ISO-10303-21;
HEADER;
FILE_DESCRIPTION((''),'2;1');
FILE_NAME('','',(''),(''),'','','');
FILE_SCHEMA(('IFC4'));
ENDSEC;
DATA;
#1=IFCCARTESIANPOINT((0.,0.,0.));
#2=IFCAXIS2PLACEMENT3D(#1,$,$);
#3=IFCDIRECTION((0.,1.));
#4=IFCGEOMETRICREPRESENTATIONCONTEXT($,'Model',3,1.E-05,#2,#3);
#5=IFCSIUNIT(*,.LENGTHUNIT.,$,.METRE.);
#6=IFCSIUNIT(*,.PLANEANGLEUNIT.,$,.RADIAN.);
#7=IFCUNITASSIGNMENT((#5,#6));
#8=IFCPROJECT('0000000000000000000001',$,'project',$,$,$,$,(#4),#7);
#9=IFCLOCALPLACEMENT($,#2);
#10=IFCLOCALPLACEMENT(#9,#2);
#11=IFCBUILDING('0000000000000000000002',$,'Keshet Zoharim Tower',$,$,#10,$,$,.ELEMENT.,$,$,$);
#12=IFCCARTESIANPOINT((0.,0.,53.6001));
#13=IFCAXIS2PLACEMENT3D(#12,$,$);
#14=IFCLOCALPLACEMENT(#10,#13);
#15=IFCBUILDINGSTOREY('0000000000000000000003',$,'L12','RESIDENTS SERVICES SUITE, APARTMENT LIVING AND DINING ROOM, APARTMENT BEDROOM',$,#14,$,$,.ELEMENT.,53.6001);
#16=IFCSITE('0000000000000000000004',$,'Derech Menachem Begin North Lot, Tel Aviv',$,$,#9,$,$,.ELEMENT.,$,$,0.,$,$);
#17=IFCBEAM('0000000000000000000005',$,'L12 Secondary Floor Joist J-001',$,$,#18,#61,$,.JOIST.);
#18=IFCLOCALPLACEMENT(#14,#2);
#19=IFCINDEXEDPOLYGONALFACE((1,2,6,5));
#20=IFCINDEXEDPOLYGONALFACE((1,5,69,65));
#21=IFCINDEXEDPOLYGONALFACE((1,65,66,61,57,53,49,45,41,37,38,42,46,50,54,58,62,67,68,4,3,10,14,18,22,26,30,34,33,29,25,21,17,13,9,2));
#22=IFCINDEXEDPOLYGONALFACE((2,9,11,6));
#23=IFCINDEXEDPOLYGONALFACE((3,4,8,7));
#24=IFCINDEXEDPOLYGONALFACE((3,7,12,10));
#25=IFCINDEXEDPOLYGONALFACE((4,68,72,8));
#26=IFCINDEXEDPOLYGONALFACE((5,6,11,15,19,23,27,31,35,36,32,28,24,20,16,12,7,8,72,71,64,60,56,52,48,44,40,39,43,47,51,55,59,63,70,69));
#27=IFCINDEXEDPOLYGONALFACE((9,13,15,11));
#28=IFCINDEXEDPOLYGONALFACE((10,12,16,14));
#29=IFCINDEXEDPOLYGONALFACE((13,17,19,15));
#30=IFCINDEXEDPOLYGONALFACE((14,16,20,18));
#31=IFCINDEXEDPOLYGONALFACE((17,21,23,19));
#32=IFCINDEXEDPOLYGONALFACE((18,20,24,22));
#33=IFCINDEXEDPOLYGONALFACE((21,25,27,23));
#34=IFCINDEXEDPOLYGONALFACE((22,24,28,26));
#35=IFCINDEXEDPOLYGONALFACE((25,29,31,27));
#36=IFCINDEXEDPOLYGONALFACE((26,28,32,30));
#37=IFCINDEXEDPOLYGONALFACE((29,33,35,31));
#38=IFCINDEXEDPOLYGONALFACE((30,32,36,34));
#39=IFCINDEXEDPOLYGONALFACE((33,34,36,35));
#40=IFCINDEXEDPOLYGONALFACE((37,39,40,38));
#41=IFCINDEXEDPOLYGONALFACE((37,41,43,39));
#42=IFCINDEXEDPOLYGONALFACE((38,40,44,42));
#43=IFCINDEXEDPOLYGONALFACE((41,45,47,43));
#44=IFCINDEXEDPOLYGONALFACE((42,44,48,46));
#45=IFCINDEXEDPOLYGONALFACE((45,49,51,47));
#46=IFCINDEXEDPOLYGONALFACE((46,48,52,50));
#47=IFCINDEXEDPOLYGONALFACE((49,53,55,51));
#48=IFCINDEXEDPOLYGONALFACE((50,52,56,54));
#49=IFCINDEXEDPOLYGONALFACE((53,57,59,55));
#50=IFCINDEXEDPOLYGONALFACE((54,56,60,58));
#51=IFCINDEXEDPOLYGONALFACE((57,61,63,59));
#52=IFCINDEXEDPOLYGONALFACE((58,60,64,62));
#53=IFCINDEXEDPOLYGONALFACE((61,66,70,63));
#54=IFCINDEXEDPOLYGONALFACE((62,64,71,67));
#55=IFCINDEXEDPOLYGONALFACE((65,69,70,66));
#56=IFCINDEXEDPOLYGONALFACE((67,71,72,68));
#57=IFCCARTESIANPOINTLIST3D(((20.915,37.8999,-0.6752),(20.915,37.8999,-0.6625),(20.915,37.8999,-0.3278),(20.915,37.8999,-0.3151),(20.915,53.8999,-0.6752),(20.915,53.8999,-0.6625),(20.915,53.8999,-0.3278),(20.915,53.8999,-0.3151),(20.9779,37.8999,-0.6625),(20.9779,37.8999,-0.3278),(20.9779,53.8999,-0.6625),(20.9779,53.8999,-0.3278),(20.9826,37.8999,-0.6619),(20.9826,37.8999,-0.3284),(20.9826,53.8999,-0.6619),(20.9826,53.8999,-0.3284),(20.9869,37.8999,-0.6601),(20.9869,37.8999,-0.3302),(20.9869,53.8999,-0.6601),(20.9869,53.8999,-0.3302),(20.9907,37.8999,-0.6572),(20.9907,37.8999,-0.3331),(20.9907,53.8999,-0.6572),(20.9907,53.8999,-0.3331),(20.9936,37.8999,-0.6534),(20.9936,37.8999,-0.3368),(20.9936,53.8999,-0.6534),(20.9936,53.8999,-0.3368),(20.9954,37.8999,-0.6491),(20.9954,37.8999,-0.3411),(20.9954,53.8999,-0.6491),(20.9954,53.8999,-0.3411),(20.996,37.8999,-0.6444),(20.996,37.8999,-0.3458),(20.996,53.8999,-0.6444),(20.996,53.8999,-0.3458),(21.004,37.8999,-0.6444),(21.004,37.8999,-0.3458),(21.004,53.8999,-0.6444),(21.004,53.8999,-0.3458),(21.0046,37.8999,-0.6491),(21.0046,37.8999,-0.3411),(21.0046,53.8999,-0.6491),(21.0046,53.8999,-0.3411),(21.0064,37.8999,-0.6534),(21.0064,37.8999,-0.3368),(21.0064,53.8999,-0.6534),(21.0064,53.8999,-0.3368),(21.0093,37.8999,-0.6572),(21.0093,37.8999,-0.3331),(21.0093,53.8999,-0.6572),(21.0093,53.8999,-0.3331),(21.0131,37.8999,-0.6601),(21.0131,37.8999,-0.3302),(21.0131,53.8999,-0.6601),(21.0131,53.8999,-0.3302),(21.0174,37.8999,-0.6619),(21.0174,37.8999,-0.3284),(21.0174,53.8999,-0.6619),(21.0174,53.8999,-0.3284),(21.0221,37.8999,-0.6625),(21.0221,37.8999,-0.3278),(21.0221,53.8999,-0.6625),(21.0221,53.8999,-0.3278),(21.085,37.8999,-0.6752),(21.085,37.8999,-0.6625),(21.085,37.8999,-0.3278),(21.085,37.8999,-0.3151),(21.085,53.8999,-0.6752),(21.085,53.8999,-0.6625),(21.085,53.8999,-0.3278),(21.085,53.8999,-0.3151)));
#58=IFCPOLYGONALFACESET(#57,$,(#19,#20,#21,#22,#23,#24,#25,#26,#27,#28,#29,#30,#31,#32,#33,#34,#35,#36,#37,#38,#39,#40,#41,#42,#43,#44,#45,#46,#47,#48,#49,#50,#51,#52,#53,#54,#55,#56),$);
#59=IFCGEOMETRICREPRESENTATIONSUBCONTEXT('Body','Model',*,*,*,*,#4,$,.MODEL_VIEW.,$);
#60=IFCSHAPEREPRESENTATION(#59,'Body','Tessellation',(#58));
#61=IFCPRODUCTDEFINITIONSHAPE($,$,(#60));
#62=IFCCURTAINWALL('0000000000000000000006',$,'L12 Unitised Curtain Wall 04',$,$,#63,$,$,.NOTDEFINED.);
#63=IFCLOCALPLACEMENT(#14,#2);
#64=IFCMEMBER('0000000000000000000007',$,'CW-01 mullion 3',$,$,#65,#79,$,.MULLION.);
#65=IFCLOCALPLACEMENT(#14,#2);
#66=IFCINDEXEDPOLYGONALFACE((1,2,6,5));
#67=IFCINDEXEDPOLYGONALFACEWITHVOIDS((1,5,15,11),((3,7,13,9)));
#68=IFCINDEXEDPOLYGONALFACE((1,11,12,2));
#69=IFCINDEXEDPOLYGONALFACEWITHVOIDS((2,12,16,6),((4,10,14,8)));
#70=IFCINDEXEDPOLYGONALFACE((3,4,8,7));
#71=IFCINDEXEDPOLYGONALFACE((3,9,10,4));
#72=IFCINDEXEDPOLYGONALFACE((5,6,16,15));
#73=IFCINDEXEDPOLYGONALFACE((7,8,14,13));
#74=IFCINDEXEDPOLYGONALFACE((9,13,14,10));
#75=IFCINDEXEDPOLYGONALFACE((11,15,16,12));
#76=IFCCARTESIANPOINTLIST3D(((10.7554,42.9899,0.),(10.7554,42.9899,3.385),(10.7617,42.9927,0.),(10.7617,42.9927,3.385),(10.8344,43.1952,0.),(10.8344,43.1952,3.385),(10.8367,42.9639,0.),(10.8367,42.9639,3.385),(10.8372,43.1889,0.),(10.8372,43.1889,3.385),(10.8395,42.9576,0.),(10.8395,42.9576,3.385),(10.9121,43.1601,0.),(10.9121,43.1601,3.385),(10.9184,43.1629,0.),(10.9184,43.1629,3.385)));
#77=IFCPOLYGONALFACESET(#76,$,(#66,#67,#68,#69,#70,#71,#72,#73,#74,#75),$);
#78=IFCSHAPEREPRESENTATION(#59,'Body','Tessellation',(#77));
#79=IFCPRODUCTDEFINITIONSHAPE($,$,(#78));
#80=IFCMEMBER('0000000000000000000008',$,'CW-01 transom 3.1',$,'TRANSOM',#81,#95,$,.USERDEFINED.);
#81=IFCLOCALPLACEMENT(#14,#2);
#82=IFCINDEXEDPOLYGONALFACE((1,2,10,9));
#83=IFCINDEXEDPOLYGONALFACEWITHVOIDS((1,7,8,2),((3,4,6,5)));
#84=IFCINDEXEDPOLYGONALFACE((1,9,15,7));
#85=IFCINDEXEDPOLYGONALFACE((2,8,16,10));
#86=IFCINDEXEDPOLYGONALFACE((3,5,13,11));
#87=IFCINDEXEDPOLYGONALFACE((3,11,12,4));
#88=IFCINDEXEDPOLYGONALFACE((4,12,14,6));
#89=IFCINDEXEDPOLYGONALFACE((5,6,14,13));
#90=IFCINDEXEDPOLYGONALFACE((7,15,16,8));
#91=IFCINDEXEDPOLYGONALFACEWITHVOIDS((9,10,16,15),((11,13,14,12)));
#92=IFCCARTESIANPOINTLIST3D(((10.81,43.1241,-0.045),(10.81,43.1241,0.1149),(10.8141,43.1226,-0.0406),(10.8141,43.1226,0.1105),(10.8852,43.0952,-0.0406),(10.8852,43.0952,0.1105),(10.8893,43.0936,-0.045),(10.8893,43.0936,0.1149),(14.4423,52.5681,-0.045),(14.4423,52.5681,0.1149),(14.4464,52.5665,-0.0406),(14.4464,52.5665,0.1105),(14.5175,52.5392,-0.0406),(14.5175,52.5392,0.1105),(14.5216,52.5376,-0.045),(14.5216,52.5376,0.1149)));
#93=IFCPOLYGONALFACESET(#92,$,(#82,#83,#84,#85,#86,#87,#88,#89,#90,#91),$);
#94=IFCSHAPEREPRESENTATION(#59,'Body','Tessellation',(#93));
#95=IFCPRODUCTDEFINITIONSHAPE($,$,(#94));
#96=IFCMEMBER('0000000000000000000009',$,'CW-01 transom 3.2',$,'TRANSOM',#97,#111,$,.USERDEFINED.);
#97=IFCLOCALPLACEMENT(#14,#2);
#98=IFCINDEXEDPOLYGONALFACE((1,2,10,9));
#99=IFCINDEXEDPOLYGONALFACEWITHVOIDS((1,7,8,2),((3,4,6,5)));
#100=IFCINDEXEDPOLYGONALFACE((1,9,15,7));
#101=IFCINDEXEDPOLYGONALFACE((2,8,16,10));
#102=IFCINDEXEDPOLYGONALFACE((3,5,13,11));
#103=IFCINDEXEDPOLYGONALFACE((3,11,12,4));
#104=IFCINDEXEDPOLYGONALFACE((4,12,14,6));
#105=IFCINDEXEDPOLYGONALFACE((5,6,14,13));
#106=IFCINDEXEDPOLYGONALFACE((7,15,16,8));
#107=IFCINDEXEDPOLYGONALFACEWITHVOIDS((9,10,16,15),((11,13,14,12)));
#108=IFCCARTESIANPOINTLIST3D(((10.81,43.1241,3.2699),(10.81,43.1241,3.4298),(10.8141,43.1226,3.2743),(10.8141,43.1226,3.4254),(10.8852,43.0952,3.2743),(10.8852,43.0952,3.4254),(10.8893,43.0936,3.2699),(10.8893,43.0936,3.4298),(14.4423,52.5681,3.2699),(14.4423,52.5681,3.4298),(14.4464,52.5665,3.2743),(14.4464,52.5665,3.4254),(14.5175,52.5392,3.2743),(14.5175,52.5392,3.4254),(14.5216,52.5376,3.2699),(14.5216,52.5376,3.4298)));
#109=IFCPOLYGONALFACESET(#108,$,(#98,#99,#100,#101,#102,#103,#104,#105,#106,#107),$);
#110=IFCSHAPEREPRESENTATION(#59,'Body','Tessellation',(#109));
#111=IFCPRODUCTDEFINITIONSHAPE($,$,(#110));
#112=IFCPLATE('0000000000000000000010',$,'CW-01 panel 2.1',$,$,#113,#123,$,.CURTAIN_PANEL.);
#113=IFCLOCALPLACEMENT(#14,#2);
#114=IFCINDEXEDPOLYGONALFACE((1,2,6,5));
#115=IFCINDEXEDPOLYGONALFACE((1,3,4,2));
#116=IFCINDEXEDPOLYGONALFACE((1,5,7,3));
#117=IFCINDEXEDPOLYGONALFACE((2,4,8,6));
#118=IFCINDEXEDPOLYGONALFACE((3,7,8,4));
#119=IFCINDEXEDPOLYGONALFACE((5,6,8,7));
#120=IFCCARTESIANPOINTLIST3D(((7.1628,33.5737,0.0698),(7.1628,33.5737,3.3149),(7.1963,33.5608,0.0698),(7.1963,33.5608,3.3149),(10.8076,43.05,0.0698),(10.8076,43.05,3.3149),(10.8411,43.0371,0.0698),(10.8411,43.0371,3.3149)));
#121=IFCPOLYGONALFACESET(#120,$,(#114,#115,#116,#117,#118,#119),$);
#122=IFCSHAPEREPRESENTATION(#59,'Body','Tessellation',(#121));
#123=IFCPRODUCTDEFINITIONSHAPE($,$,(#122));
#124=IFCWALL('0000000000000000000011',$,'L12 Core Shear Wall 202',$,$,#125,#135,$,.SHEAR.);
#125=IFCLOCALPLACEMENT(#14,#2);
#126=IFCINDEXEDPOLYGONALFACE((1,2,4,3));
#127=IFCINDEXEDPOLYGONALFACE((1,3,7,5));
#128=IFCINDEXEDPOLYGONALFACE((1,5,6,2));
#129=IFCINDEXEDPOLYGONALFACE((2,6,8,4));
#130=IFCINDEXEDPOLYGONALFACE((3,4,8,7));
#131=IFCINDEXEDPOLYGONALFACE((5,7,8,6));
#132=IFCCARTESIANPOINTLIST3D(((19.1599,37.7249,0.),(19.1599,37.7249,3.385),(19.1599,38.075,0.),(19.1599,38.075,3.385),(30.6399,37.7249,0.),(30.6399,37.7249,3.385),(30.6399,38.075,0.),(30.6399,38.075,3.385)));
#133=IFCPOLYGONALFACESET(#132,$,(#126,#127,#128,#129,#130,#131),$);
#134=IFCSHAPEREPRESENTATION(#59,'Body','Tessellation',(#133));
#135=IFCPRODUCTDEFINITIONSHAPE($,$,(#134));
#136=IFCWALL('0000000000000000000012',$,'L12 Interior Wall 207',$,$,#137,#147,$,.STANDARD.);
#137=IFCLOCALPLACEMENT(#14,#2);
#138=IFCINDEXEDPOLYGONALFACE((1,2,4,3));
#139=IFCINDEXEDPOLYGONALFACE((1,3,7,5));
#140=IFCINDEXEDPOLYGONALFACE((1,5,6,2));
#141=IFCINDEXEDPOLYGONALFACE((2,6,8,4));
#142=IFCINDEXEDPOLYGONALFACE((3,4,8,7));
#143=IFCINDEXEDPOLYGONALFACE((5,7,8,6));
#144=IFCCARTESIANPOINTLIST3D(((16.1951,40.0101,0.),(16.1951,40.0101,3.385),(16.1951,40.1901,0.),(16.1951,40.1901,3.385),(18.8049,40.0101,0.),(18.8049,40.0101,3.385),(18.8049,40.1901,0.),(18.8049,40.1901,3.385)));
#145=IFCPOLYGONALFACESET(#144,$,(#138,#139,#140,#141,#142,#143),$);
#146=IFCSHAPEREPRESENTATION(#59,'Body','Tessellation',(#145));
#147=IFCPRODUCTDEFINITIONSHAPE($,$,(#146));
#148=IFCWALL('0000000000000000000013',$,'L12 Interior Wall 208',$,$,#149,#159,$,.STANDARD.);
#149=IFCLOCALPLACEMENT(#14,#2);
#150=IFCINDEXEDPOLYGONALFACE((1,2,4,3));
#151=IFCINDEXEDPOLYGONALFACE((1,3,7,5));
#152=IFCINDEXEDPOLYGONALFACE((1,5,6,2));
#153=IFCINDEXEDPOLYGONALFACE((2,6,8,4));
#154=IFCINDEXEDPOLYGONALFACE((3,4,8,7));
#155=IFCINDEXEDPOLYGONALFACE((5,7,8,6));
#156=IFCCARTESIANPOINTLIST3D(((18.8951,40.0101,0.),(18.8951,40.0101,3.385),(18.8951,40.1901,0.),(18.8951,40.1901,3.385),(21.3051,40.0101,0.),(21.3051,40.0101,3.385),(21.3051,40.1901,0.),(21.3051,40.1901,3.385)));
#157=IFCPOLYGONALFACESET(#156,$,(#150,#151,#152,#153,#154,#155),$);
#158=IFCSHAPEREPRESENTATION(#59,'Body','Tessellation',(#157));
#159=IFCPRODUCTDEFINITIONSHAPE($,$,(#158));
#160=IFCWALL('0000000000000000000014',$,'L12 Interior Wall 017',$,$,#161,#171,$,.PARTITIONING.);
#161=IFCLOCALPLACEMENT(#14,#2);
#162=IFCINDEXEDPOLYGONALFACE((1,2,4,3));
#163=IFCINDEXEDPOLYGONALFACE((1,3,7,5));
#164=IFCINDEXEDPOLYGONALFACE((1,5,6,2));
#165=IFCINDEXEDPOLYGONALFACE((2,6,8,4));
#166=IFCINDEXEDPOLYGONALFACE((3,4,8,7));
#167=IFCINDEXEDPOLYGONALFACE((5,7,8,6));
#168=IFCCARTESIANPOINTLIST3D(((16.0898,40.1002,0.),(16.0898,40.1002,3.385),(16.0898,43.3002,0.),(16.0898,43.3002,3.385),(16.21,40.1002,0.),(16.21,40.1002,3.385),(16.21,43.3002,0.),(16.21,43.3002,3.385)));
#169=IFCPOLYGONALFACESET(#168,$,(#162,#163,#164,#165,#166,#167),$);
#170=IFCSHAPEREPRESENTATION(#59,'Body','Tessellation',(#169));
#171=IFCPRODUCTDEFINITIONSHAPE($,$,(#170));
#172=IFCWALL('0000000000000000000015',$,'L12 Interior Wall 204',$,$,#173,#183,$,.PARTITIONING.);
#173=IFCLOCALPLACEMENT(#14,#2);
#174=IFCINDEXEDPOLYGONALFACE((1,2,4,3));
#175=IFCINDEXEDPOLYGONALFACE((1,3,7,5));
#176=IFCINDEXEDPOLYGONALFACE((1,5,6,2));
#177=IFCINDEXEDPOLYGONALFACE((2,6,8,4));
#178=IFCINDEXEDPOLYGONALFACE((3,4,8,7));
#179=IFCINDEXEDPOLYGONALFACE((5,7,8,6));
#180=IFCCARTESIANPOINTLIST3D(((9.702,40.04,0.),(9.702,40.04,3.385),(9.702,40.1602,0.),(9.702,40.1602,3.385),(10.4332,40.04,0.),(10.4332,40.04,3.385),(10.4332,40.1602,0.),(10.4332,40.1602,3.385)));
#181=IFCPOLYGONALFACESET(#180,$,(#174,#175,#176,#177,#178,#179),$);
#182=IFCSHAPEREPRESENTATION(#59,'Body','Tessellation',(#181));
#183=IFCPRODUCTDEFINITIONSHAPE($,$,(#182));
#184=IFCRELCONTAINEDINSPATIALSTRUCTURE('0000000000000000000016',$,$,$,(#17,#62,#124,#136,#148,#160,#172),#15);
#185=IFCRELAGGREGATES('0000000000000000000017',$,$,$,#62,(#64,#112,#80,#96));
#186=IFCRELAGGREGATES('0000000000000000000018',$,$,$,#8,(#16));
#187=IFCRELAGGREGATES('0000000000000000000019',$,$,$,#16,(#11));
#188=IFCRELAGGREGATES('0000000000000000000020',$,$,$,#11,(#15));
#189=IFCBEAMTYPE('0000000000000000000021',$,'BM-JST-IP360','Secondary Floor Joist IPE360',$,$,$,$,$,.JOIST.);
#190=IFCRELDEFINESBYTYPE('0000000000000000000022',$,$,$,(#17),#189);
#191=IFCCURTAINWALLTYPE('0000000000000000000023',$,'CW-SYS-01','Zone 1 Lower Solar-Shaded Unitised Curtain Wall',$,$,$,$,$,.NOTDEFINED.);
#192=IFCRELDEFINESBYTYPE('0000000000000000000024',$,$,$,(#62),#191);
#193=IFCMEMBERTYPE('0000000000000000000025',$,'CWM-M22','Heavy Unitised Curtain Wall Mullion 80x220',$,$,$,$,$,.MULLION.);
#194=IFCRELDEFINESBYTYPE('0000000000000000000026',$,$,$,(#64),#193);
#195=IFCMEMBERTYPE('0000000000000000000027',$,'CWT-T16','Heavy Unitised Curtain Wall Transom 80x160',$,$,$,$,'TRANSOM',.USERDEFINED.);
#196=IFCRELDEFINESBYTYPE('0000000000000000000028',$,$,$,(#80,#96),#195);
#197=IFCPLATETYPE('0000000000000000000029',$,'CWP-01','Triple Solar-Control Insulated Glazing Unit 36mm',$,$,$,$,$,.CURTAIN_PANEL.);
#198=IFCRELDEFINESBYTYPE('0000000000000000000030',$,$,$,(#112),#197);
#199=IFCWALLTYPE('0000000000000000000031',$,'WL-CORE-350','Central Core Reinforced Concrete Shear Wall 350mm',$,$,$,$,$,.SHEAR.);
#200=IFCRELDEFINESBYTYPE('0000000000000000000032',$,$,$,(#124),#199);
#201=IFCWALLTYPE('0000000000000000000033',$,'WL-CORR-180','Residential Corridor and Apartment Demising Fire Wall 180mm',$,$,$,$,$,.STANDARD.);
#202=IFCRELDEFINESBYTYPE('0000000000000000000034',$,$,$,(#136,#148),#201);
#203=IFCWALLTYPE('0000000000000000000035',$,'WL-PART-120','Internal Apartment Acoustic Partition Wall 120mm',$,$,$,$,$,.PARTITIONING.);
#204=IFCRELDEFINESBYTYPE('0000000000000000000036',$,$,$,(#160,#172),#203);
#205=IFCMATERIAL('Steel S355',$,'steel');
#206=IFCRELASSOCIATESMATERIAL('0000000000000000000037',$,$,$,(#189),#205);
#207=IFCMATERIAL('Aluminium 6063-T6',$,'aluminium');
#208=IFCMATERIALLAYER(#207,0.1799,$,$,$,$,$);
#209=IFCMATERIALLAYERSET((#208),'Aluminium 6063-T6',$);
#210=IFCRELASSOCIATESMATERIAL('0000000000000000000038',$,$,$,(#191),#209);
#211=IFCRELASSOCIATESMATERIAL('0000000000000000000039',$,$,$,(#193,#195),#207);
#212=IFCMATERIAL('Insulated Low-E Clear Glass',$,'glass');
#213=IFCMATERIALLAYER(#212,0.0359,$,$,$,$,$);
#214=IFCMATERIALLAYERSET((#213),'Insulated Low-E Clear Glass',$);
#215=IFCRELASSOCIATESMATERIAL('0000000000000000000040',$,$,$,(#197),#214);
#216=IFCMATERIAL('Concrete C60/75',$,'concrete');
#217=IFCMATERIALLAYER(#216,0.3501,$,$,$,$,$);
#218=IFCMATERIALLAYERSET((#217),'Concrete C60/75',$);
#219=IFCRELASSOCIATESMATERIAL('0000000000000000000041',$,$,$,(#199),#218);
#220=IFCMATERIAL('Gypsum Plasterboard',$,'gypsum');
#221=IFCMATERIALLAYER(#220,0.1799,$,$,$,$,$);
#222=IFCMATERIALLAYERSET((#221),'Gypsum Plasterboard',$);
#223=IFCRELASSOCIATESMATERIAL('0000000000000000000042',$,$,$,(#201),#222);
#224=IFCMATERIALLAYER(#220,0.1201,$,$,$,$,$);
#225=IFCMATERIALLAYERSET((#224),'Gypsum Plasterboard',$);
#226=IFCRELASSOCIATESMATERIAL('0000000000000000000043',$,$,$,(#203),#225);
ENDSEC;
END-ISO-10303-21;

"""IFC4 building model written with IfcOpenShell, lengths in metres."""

from ifc_helpers import new_model, si_unit, direction, frame, frame_2d, origin, origin_2d, place, context, subcontext, project, spatial, rectangle, hollow_rectangle, i_section, extrude, material, layer, layer_set, material_profile, profile_set, type_object, element, aggregate, save


model = new_model("IFC4")

# Units and contexts
model_context = context("Model", 3, precision=1e-05, world=origin(), true_north=direction((0.0, 1.0)))
body_context = subcontext(model_context, "Body", "Model", "MODEL_VIEW")
ifc_project = project(units=[si_unit("LENGTHUNIT", "METRE"), si_unit("PLANEANGLEUNIT", "RADIAN")], contexts=[model_context])

# Site, building, storey
site_placement = place(None, origin())
site = spatial("IfcSite", under=ifc_project, at=site_placement, Name="Derech Menachem Begin North Lot, Tel Aviv", CompositionType="ELEMENT", RefElevation=0.0)
building_placement = place(site_placement, origin())
building = spatial("IfcBuilding", under=site, at=building_placement, Name="Keshet Zoharim Tower", CompositionType="ELEMENT")
storey_placement = place(building_placement, frame((0.0, 0.0, 53.6001)))
storey = spatial("IfcBuildingStorey", under=building, at=storey_placement, Name="L12", Description="RESIDENTS SERVICES SUITE, APARTMENT LIVING AND DINING ROOM, APARTMENT BEDROOM", CompositionType="ELEMENT", Elevation=53.6001)

# Beam
ifc_material_1 = material(Name="Steel S355", Category="steel")
ifc_material_profile_1 = material_profile(ifc_material_1, i_section(OverallWidth=0.1699, OverallDepth=0.3601, WebThickness=0.0081, FlangeThickness=0.0127, FilletRadius=0.0181, at=origin_2d()), Name="IPE360")
ifc_profile_set_1 = profile_set([ifc_material_profile_1], Name="Steel S355")
beam_type = type_object("IfcBeamType", Name="BM-JST-IP360", Description="Secondary Floor Joist IPE360", PredefinedType="JOIST", material=ifc_profile_set_1)
beam_placement = place(storey_placement, frame((21.0, 37.8999, -0.4951), z_axis=(0.0, 1.0, 0.0), x_axis=(-1.0, 0.0, 0.0)))
element("IfcBeam", 1, at=beam_placement, inside=storey, type_object=beam_type, Name="L12 Secondary Floor Joist J-001", PredefinedType="JOIST", context=body_context, shape_type="SweptSolid", body=[
    extrude(i_section(OverallWidth=0.1699, OverallDepth=0.3601, WebThickness=0.0081, FlangeThickness=0.0127, FilletRadius=0.0181, at=origin_2d()), origin(), (0.0, 0.0, 1.0), 16.0),
])

# Curtain wall, members, plate
ifc_material_2 = material(Name="Aluminium 6063-T6", Category="aluminium")
ifc_layer_1 = layer(ifc_material_2, 0.1799)
ifc_layer_set_1 = layer_set([ifc_layer_1], Name="Aluminium 6063-T6")
curtain_wall_type = type_object("IfcCurtainWallType", Name="CW-SYS-01", Description="Zone 1 Lower Solar-Shaded Unitised Curtain Wall", PredefinedType="NOTDEFINED", material=ifc_layer_set_1)
curtain_wall_placement = place(storey_placement, origin())
curtain_wall = element("IfcCurtainWall", 2, at=curtain_wall_placement, inside=storey, type_object=curtain_wall_type, Name="L12 Unitised Curtain Wall 04", PredefinedType="NOTDEFINED")
ifc_material_profile_2 = material_profile(ifc_material_2, hollow_rectangle(XDim=0.0901, YDim=0.22, WallThickness=0.0049, at=origin_2d()), Name="MUL-90x220")
ifc_profile_set_2 = profile_set([ifc_material_profile_2], Name="Aluminium 6063-T6")
member_type_1 = type_object("IfcMemberType", Name="CWM-M22", Description="Heavy Unitised Curtain Wall Mullion 80x220", PredefinedType="MULLION", material=ifc_profile_set_2)
member_1_placement = place(storey_placement, frame((10.8369, 43.0764, 0.0), z_axis=(0.0, 0.0, 1.0), x_axis=(-0.933341, 0.35899, 0.0)))
member_1 = element("IfcMember", 3, at=member_1_placement, type_object=member_type_1, Name="CW-01 mullion 3", PredefinedType="MULLION", context=body_context, shape_type="SweptSolid", body=[
    extrude(hollow_rectangle(XDim=0.0901, YDim=0.22, WallThickness=0.0049, at=origin_2d()), origin(), (0.0, 0.0, 1.0), 3.385),
])
ifc_material_profile_3 = material_profile(ifc_material_2, hollow_rectangle(XDim=0.085, YDim=0.1599, WallThickness=0.0044, at=origin_2d()), Name="TRN-85x160")
ifc_profile_set_3 = profile_set([ifc_material_profile_3], Name="Aluminium 6063-T6")
member_type_2 = type_object("IfcMemberType", Name="CWT-T16", Description="Heavy Unitised Curtain Wall Transom 80x160", ElementType="TRANSOM", PredefinedType="USERDEFINED", material=ifc_profile_set_3)
member_2_placement = place(storey_placement, frame((10.8496, 43.1089, 0.0349), z_axis=(0.358986, 0.933343, 0.0), x_axis=(-0.933343, 0.358986, 0.0)))
member_2 = element("IfcMember", 4, at=member_2_placement, type_object=member_type_2, Name="CW-01 transom 3.1", ObjectType="TRANSOM", PredefinedType="USERDEFINED", context=body_context, shape_type="SweptSolid", body=[
    extrude(hollow_rectangle(XDim=0.085, YDim=0.1599, WallThickness=0.0044, at=origin_2d()), origin(), (0.0, 0.0, 1.0), 10.1184),
])
member_3_placement = place(storey_placement, frame((10.8496, 43.1089, 3.3499), z_axis=(0.358986, 0.933343, 0.0), x_axis=(-0.933343, 0.358986, 0.0)))
member_3 = element("IfcMember", 5, at=member_3_placement, type_object=member_type_2, Name="CW-01 transom 3.2", ObjectType="TRANSOM", PredefinedType="USERDEFINED", context=body_context, shape_type="SweptSolid", body=[
    extrude(hollow_rectangle(XDim=0.085, YDim=0.1599, WallThickness=0.0044, at=origin_2d()), origin(), (0.0, 0.0, 1.0), 10.1184),
])
ifc_material_3 = material(Name="Insulated Low-E Clear Glass", Category="glass")
ifc_layer_2 = layer(ifc_material_3, 0.0359)
ifc_layer_set_2 = layer_set([ifc_layer_2], Name="Insulated Low-E Clear Glass")
plate_type = type_object("IfcPlateType", Name="CWP-01", Description="Triple Solar-Control Insulated Glazing Unit 36mm", PredefinedType="CURTAIN_PANEL", material=ifc_layer_set_2)
plate_placement = place(storey_placement, frame((9.002, 38.3054, 0.0698), z_axis=(0.0, 0.0, 1.0), x_axis=(0.35899, 0.933341, 0.0)))
plate = element("IfcPlate", 6, at=plate_placement, type_object=plate_type, Name="CW-01 panel 2.1", PredefinedType="CURTAIN_PANEL", context=body_context, shape_type="SweptSolid", body=[
    extrude(rectangle(XDim=10.1531, YDim=0.0359, at=origin_2d()), origin(), (0.0, 0.0, 1.0), 3.2451),
])
aggregate(curtain_wall, [member_1, plate, member_2, member_3])

# Wall
ifc_material_4 = material(Name="Concrete C60/75", Category="concrete")
ifc_layer_3 = layer(ifc_material_4, 0.3501)
ifc_layer_set_3 = layer_set([ifc_layer_3], Name="Concrete C60/75")
wall_type_1 = type_object("IfcWallType", Name="WL-CORE-350", Description="Central Core Reinforced Concrete Shear Wall 350mm", PredefinedType="SHEAR", material=ifc_layer_set_3)
wall_1_placement = place(storey_placement, frame((19.1599, 37.8999, 0.0), z_axis=(0.0, 0.0, 1.0), x_axis=(1.0, 0.0, 0.0)))
element("IfcWall", 7, at=wall_1_placement, inside=storey, type_object=wall_type_1, Name="L12 Core Shear Wall 202", PredefinedType="SHEAR", context=body_context, shape_type="SweptSolid", body=[
    extrude(rectangle(XDim=11.48, YDim=0.3501, at=frame_2d((5.74, 0.0))), origin(), (0.0, 0.0, 1.0), 3.385),
])

# Shared definitions
ifc_material_5 = material(Name="Gypsum Plasterboard", Category="gypsum")
ifc_layer_4 = layer(ifc_material_5, 0.1799)
ifc_layer_set_4 = layer_set([ifc_layer_4], Name="Gypsum Plasterboard")
wall_type_2 = type_object("IfcWallType", Name="WL-CORR-180", Description="Residential Corridor and Apartment Demising Fire Wall 180mm", PredefinedType="STANDARD", material=ifc_layer_set_4)

# Walls
wall_2_placement = place(storey_placement, frame((16.1951, 40.1001, 0.0), z_axis=(0.0, 0.0, 1.0), x_axis=(1.0, 0.0, 0.0)))
element("IfcWall", 8, at=wall_2_placement, inside=storey, type_object=wall_type_2, Name="L12 Interior Wall 207", PredefinedType="STANDARD", context=body_context, shape_type="SweptSolid", body=[
    extrude(rectangle(XDim=2.6099, YDim=0.1799, at=frame_2d((1.3049, 0.0))), origin(), (0.0, 0.0, 1.0), 3.385),
])
wall_3_placement = place(storey_placement, frame((18.895, 40.1001, 0.0), z_axis=(0.0, 0.0, 1.0), x_axis=(1.0, 0.0, 0.0)))
element("IfcWall", 9, at=wall_3_placement, inside=storey, type_object=wall_type_2, Name="L12 Interior Wall 208", PredefinedType="STANDARD", context=body_context, shape_type="SweptSolid", body=[
    extrude(rectangle(XDim=2.4099, YDim=0.1799, at=frame_2d((1.2051, 0.0))), origin(), (0.0, 0.0, 1.0), 3.385),
])
ifc_layer_5 = layer(ifc_material_5, 0.1201)
ifc_layer_set_5 = layer_set([ifc_layer_5], Name="Gypsum Plasterboard")
wall_type_3 = type_object("IfcWallType", Name="WL-PART-120", Description="Internal Apartment Acoustic Partition Wall 120mm", PredefinedType="PARTITIONING", material=ifc_layer_set_5)
wall_4_placement = place(storey_placement, frame((16.1499, 40.1001, 0.0), z_axis=(0.0, 0.0, 1.0), x_axis=(0.0, 1.0, 0.0)))
element("IfcWall", 10, at=wall_4_placement, inside=storey, type_object=wall_type_3, Name="L12 Interior Wall 017", PredefinedType="PARTITIONING", context=body_context, shape_type="SweptSolid", body=[
    extrude(rectangle(XDim=3.2, YDim=0.1201, at=frame_2d((1.6001, 0.0))), origin(), (0.0, 0.0, 1.0), 3.385),
])

# Wall
wall_5_placement = place(storey_placement, frame((9.7019, 40.1001, 0.0), z_axis=(0.0, 0.0, 1.0), x_axis=(1.0, 0.0, 0.0)))
element("IfcWall", 11, at=wall_5_placement, inside=storey, type_object=wall_type_3, Name="L12 Interior Wall 204", PredefinedType="PARTITIONING", context=body_context, shape_type="SweptSolid", body=[
    extrude(rectangle(XDim=0.7312, YDim=0.1201, at=frame_2d((0.3657, 0.0))), origin(), (0.0, 0.0, 1.0), 3.385),
])

save(model, "model.ifc")
